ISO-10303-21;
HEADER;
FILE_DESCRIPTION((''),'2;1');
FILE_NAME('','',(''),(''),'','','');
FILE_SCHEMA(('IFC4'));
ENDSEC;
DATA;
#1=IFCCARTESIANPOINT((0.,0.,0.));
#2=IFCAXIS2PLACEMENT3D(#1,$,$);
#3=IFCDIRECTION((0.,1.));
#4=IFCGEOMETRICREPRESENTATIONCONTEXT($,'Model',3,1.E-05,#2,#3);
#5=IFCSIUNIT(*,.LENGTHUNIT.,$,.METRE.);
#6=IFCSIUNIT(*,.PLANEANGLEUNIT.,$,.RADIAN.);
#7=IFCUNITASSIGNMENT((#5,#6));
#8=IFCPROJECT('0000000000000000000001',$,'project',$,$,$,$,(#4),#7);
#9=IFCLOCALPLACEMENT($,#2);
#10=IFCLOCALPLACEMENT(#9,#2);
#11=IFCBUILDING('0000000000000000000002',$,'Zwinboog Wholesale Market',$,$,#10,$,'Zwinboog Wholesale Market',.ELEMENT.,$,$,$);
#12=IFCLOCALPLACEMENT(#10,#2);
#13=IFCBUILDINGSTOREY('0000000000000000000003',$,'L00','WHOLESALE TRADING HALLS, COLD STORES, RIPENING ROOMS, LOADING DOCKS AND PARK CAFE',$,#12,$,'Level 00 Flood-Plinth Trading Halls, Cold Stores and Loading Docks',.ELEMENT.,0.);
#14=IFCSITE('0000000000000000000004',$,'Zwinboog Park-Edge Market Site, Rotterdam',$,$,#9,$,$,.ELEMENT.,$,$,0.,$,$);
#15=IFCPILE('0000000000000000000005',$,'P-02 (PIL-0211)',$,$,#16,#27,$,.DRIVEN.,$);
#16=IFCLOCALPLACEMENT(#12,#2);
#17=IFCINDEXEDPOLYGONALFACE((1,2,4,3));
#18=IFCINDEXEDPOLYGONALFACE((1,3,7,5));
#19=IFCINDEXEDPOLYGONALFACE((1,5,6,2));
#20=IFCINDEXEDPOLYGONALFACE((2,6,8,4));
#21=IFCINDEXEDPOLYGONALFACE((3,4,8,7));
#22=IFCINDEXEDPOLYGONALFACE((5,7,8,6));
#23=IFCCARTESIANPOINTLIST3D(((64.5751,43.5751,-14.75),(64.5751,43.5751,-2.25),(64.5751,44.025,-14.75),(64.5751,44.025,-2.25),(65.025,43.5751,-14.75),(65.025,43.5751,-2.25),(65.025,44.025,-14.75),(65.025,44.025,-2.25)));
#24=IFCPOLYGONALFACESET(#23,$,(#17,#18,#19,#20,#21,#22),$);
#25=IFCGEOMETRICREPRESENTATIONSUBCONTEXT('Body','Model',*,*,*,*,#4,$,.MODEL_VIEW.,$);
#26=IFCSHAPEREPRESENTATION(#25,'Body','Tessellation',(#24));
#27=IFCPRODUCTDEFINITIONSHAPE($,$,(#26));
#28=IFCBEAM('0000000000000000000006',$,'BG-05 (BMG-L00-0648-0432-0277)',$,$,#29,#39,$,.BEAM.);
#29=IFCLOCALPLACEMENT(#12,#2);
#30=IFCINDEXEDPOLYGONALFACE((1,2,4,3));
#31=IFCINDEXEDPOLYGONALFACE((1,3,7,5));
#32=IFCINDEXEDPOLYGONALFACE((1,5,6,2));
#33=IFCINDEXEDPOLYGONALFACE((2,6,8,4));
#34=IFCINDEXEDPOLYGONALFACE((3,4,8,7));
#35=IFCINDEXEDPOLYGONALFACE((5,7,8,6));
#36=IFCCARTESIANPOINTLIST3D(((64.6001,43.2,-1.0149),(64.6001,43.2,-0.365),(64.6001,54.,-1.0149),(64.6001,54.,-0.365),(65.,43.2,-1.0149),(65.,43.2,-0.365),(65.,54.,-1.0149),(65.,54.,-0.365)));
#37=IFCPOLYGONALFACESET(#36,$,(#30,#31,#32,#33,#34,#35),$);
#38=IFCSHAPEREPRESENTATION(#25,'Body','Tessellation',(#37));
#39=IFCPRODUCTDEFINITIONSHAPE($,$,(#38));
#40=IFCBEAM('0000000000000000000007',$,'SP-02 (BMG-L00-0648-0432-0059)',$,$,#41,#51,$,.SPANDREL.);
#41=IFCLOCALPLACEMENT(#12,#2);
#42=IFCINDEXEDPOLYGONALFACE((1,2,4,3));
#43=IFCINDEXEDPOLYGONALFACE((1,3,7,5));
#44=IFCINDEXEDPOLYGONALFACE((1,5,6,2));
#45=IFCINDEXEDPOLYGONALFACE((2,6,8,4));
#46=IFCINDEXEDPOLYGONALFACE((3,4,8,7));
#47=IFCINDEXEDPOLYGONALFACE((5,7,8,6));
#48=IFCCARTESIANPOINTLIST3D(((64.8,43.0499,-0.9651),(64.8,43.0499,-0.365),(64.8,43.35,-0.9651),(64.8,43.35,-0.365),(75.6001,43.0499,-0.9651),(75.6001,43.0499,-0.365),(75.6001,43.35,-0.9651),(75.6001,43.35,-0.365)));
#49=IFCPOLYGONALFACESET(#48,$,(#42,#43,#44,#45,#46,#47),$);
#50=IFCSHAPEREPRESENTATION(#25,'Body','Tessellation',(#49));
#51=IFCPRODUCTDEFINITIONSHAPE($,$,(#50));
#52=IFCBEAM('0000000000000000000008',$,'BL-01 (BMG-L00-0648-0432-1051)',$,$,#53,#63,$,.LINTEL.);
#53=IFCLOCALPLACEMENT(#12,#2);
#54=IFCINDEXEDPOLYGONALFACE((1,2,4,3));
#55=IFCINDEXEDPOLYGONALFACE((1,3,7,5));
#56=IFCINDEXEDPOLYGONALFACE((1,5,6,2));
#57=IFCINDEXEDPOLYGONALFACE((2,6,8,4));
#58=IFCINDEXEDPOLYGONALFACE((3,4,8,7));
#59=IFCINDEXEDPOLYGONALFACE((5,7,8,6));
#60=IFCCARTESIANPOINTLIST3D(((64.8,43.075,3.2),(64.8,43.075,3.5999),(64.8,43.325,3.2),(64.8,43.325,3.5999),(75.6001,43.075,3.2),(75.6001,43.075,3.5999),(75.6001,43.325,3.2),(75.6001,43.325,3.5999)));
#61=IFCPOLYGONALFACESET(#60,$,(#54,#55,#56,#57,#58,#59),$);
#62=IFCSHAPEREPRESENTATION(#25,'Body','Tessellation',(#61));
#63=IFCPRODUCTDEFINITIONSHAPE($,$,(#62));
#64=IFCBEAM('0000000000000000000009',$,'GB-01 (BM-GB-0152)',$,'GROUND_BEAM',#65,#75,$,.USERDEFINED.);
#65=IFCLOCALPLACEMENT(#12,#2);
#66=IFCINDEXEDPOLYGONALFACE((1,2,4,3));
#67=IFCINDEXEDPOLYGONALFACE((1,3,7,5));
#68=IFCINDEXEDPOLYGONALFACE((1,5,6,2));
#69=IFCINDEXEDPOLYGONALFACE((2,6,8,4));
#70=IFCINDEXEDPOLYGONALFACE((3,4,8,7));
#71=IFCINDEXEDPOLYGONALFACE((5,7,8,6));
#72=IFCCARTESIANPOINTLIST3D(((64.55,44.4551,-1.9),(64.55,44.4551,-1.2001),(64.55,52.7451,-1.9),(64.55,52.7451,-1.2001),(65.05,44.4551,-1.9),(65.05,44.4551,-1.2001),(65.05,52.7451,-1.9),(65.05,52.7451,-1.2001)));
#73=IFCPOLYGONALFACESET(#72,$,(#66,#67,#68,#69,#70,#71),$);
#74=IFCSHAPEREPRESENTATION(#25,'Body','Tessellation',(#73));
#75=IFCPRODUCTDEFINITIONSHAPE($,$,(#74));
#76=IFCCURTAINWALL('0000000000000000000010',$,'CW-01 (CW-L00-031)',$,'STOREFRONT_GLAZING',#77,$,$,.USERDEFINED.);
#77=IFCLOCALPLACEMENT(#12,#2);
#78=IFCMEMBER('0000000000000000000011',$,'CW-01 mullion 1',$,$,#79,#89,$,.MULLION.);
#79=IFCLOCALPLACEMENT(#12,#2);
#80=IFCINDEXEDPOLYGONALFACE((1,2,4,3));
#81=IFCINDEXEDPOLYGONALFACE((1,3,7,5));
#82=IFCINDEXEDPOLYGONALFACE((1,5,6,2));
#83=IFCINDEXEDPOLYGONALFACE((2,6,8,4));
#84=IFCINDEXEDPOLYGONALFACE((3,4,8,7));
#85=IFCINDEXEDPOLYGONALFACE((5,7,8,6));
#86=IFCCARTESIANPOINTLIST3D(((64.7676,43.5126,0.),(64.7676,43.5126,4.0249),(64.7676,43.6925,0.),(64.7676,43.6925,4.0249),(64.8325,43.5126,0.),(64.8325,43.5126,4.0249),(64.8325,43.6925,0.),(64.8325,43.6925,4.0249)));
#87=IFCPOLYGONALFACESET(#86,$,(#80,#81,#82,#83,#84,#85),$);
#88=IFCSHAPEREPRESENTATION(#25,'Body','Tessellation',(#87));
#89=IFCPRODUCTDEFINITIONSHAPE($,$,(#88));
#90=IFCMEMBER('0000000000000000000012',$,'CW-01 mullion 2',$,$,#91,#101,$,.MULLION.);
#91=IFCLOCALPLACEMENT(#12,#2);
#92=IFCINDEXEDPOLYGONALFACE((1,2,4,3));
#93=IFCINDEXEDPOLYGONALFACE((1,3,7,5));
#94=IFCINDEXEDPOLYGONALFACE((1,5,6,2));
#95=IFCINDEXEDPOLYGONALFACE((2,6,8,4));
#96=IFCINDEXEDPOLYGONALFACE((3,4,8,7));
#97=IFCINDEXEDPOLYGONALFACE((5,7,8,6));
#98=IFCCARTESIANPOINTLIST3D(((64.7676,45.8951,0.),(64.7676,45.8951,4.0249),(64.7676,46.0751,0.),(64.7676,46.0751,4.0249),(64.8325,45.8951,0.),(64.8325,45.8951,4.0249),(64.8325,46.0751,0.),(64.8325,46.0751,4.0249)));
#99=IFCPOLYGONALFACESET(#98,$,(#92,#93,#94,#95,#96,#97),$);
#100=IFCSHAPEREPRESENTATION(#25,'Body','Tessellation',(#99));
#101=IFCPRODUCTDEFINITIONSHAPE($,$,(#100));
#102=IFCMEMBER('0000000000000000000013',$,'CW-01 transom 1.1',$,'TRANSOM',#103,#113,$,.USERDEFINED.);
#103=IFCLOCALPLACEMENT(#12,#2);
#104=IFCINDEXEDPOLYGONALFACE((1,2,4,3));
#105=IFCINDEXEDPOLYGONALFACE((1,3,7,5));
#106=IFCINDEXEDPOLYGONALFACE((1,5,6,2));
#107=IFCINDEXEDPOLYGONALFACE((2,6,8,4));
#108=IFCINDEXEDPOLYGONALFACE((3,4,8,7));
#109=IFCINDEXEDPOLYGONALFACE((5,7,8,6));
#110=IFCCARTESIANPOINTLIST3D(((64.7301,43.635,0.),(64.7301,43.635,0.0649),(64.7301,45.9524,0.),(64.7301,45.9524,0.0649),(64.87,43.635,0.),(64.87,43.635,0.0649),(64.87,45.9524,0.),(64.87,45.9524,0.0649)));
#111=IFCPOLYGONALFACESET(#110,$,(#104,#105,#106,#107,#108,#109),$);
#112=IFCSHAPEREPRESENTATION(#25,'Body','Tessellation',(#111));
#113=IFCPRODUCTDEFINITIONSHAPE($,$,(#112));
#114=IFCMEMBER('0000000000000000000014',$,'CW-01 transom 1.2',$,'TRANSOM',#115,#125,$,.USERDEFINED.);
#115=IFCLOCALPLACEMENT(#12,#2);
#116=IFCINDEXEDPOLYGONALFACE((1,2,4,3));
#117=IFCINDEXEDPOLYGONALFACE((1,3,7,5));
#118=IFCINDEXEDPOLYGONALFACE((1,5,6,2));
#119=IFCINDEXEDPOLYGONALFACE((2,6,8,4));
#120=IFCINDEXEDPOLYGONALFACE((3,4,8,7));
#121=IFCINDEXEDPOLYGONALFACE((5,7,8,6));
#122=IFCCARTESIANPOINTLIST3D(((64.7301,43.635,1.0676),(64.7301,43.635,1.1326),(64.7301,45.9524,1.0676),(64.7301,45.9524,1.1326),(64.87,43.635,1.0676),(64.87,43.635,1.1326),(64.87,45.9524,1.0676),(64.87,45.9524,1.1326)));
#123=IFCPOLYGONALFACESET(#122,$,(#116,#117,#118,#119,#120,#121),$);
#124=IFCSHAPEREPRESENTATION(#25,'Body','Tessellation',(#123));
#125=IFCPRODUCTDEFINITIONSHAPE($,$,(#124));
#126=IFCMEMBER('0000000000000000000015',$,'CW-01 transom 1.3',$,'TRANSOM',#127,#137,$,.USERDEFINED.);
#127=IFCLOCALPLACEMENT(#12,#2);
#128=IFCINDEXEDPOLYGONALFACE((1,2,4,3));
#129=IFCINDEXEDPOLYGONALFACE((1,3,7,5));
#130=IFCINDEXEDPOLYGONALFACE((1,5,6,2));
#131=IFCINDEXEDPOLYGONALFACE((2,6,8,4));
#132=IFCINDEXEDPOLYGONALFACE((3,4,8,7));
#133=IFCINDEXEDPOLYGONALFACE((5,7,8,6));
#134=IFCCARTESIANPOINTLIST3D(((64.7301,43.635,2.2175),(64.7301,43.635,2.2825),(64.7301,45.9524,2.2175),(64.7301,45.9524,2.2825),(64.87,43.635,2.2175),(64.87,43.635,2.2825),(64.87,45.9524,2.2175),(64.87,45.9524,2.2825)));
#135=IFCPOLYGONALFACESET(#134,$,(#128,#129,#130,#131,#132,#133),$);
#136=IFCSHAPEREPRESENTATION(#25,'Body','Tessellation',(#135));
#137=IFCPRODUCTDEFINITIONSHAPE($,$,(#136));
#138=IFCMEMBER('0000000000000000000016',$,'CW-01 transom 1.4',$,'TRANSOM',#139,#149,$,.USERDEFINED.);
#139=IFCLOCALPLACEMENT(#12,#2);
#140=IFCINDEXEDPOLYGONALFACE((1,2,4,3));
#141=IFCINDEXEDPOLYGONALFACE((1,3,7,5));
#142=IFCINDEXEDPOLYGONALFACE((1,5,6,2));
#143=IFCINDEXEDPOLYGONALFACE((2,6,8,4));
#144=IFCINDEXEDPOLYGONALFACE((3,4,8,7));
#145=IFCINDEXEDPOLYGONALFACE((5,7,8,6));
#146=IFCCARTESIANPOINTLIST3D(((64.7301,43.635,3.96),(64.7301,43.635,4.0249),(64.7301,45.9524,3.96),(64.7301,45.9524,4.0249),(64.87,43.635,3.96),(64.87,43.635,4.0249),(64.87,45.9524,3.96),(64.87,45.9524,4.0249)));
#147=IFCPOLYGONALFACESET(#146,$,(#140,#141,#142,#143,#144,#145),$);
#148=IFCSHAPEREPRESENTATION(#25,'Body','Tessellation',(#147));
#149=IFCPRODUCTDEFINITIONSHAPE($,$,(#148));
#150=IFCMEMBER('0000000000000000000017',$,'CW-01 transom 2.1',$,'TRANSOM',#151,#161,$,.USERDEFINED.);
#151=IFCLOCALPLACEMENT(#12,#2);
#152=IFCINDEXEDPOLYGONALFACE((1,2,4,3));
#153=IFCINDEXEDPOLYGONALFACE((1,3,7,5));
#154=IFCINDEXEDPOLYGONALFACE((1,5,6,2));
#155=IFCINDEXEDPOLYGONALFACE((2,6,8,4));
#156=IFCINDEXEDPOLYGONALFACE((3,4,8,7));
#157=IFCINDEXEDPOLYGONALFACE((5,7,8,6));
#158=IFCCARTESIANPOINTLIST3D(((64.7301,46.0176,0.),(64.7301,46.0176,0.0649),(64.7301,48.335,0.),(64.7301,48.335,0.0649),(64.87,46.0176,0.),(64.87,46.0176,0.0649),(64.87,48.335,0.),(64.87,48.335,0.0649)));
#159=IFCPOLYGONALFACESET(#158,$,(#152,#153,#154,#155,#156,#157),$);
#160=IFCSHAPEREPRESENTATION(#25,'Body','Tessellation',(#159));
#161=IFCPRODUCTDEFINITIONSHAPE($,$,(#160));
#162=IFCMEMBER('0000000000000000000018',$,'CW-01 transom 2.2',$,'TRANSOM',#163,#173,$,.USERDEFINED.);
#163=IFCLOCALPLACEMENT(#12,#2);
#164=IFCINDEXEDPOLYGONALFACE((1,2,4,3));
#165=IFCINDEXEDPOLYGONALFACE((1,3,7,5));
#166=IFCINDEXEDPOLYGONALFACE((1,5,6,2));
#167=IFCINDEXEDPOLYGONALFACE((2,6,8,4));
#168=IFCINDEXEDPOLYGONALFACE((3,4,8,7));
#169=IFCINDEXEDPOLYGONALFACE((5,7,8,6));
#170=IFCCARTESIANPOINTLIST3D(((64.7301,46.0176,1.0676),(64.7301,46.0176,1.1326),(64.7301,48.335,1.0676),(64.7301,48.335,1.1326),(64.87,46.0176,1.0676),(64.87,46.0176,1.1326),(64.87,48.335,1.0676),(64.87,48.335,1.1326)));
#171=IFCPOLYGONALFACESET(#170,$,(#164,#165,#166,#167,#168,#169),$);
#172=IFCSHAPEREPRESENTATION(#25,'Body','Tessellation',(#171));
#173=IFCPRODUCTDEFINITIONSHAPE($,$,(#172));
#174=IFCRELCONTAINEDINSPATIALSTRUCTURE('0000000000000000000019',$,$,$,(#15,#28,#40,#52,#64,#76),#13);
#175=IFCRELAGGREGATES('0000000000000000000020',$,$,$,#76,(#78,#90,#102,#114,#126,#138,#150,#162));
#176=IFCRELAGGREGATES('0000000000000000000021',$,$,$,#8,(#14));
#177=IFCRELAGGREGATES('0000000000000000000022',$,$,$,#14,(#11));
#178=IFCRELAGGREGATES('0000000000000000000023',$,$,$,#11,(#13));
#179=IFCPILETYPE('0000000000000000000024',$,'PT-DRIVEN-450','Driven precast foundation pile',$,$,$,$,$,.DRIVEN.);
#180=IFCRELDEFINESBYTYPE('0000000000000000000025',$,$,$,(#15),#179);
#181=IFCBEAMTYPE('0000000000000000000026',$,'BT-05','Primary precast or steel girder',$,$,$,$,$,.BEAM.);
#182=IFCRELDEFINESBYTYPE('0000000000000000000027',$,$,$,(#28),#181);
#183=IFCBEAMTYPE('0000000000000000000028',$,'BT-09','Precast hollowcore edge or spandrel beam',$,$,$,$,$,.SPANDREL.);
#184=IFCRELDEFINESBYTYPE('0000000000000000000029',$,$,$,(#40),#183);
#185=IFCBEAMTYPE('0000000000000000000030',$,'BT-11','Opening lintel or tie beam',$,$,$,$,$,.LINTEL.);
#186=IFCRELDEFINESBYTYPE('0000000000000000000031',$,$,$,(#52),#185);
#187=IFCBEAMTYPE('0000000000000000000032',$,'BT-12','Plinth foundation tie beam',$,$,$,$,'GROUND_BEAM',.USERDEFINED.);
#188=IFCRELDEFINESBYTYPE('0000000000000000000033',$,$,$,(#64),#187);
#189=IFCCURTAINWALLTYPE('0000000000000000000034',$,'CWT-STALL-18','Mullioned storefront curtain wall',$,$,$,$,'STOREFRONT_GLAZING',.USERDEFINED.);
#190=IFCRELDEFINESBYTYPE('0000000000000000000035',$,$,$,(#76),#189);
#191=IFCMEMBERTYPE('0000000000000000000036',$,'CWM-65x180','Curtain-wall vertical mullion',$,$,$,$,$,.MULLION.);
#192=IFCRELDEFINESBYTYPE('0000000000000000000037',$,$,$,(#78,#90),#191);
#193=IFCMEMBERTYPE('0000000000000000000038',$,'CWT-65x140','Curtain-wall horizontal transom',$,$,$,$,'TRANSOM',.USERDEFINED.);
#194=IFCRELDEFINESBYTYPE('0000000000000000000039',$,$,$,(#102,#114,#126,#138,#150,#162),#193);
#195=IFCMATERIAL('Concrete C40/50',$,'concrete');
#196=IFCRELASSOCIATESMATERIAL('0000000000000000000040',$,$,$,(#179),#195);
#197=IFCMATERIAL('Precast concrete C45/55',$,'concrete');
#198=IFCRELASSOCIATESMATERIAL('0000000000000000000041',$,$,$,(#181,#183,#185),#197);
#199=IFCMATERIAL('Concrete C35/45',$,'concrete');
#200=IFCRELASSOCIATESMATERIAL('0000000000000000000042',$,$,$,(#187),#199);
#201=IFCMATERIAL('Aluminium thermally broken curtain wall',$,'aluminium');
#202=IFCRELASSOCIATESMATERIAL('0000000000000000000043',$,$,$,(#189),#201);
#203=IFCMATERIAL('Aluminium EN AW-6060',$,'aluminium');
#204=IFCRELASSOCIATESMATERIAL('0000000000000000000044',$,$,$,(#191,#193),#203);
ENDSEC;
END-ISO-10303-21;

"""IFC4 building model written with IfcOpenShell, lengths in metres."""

from ifc_helpers import new_model, si_unit, direction, frame, origin, origin_2d, place, context, subcontext, project, spatial, rectangle, extrude, material, material_profile, profile_set, type_object, element, aggregate, save


model = new_model("IFC4")

# Units and contexts
model_context = context("Model", 3, precision=1e-05, world=origin(), true_north=direction((0.0, 1.0)))
body_context = subcontext(model_context, "Body", "Model", "MODEL_VIEW")
ifc_project = project(units=[si_unit("LENGTHUNIT", "METRE"), si_unit("PLANEANGLEUNIT", "RADIAN")], contexts=[model_context])

# Site, building, storey
site_placement = place(None, origin())
site = spatial("IfcSite", under=ifc_project, at=site_placement, Name="Zwinboog Park-Edge Market Site, Rotterdam", CompositionType="ELEMENT", RefElevation=0.0)
building_placement = place(site_placement, origin())
building = spatial("IfcBuilding", under=site, at=building_placement, Name="Zwinboog Wholesale Market", LongName="Zwinboog Wholesale Market", CompositionType="ELEMENT")
storey_placement = place(building_placement, origin())
storey = spatial("IfcBuildingStorey", under=building, at=storey_placement, Name="L00", Description="WHOLESALE TRADING HALLS, COLD STORES, RIPENING ROOMS, LOADING DOCKS AND PARK CAFE", LongName="Level 00 Flood-Plinth Trading Halls, Cold Stores and Loading Docks", CompositionType="ELEMENT", Elevation=0.0)

# Pile
ifc_material_1 = material(Name="Concrete C40/50", Category="concrete")
ifc_material_profile_1 = material_profile(ifc_material_1, rectangle(XDim=0.45, YDim=0.45, at=origin_2d()), Name="PILE SQ450")
ifc_profile_set_1 = profile_set([ifc_material_profile_1], Name="Concrete C40/50")
pile_type = type_object("IfcPileType", Name="PT-DRIVEN-450", Description="Driven precast foundation pile", PredefinedType="DRIVEN", material=ifc_profile_set_1)
pile_placement = place(storey_placement, frame((64.8, 43.8, -2.25), z_axis=(0.0, 0.0, -1.0), x_axis=(1.0, 0.0, 0.0)))
element("IfcPile", 1, at=pile_placement, inside=storey, type_object=pile_type, Name="P-02 (PIL-0211)", PredefinedType="DRIVEN", context=body_context, shape_type="SweptSolid", body=[
    extrude(rectangle(XDim=0.45, YDim=0.45, at=origin_2d()), origin(), (0.0, 0.0, 1.0), 12.5),
])

# Beams
ifc_material_2 = material(Name="Precast concrete C45/55", Category="concrete")
ifc_material_profile_2 = material_profile(ifc_material_2, rectangle(XDim=0.3999, YDim=0.6499, at=origin_2d()), Name="PC 400x650")
ifc_profile_set_2 = profile_set([ifc_material_profile_2], Name="Precast concrete C45/55")
beam_type_1 = type_object("IfcBeamType", Name="BT-05", Description="Primary precast or steel girder", PredefinedType="BEAM", material=ifc_profile_set_2)
beam_1_placement = place(storey_placement, frame((64.8, 43.2, -0.6899), z_axis=(0.0, 1.0, 0.0), x_axis=(-1.0, 0.0, 0.0)))
element("IfcBeam", 2, at=beam_1_placement, inside=storey, type_object=beam_type_1, Name="BG-05 (BMG-L00-0648-0432-0277)", PredefinedType="BEAM", context=body_context, shape_type="SweptSolid", body=[
    extrude(rectangle(XDim=0.3999, YDim=0.6499, at=origin_2d()), origin(), (0.0, 0.0, 1.0), 10.8),
])
ifc_material_profile_3 = material_profile(ifc_material_2, rectangle(XDim=0.3, YDim=0.6001, at=origin_2d()), Name="PC 300x600")
ifc_profile_set_3 = profile_set([ifc_material_profile_3], Name="Precast concrete C45/55")
beam_type_2 = type_object("IfcBeamType", Name="BT-09", Description="Precast hollowcore edge or spandrel beam", PredefinedType="SPANDREL", material=ifc_profile_set_3)
beam_2_placement = place(storey_placement, frame((64.8, 43.2, -0.665), z_axis=(1.0, 0.0, 0.0), x_axis=(0.0, 1.0, 0.0)))
element("IfcBeam", 3, at=beam_2_placement, inside=storey, type_object=beam_type_2, Name="SP-02 (BMG-L00-0648-0432-0059)", PredefinedType="SPANDREL", context=body_context, shape_type="SweptSolid", body=[
    extrude(rectangle(XDim=0.3, YDim=0.6001, at=origin_2d()), origin(), (0.0, 0.0, 1.0), 10.8),
])
ifc_material_profile_4 = material_profile(ifc_material_2, rectangle(XDim=0.25, YDim=0.3999, at=origin_2d()), Name="PC 250x400")
ifc_profile_set_4 = profile_set([ifc_material_profile_4], Name="Precast concrete C45/55")
beam_type_3 = type_object("IfcBeamType", Name="BT-11", Description="Opening lintel or tie beam", PredefinedType="LINTEL", material=ifc_profile_set_4)
beam_3_placement = place(storey_placement, frame((64.8, 43.2, 3.3999), z_axis=(1.0, 0.0, 0.0), x_axis=(0.0, 1.0, 0.0)))
element("IfcBeam", 4, at=beam_3_placement, inside=storey, type_object=beam_type_3, Name="BL-01 (BMG-L00-0648-0432-1051)", PredefinedType="LINTEL", context=body_context, shape_type="SweptSolid", body=[
    extrude(rectangle(XDim=0.25, YDim=0.3999, at=origin_2d()), origin(), (0.0, 0.0, 1.0), 10.8),
])
ifc_material_3 = material(Name="Concrete C35/45", Category="concrete")
ifc_material_profile_5 = material_profile(ifc_material_3, rectangle(XDim=0.5, YDim=0.7, at=origin_2d()), Name="RC 500x700")
ifc_profile_set_5 = profile_set([ifc_material_profile_5], Name="Concrete C35/45")
beam_type_4 = type_object("IfcBeamType", Name="BT-12", Description="Plinth foundation tie beam", ElementType="GROUND_BEAM", PredefinedType="USERDEFINED", material=ifc_profile_set_5)
beam_4_placement = place(storey_placement, frame((64.8, 44.4551, -1.55), z_axis=(0.0, 1.0, 0.0), x_axis=(-1.0, 0.0, 0.0)))
element("IfcBeam", 5, at=beam_4_placement, inside=storey, type_object=beam_type_4, Name="GB-01 (BM-GB-0152)", ObjectType="GROUND_BEAM", PredefinedType="USERDEFINED", context=body_context, shape_type="SweptSolid", body=[
    extrude(rectangle(XDim=0.5, YDim=0.7, at=origin_2d()), origin(), (0.0, 0.0, 1.0), 8.29),
])

# Curtain wall, members
ifc_material_4 = material(Name="Aluminium thermally broken curtain wall", Category="aluminium")
curtain_wall_type = type_object("IfcCurtainWallType", Name="CWT-STALL-18", Description="Mullioned storefront curtain wall", ElementType="STOREFRONT_GLAZING", PredefinedType="USERDEFINED", material=ifc_material_4)
curtain_wall_placement = place(storey_placement, origin())
curtain_wall = element("IfcCurtainWall", 6, at=curtain_wall_placement, inside=storey, type_object=curtain_wall_type, Name="CW-01 (CW-L00-031)", ObjectType="STOREFRONT_GLAZING", PredefinedType="USERDEFINED")
ifc_material_5 = material(Name="Aluminium EN AW-6060", Category="aluminium")
ifc_material_profile_6 = material_profile(ifc_material_5, rectangle(XDim=0.0649, YDim=0.1799, at=origin_2d()), Name="AL 65x180")
ifc_profile_set_6 = profile_set([ifc_material_profile_6], Name="Aluminium EN AW-6060")
member_type_1 = type_object("IfcMemberType", Name="CWM-65x180", Description="Curtain-wall vertical mullion", PredefinedType="MULLION", material=ifc_profile_set_6)
member_1_placement = place(storey_placement, frame((64.8, 43.6025, 0.0), z_axis=(0.0, 0.0, 1.0), x_axis=(-1.0, 0.0, 0.0)))
member_1 = element("IfcMember", 7, at=member_1_placement, type_object=member_type_1, Name="CW-01 mullion 1", PredefinedType="MULLION", context=body_context, shape_type="SweptSolid", body=[
    extrude(rectangle(XDim=0.0649, YDim=0.1799, at=origin_2d()), origin(), (0.0, 0.0, 1.0), 4.0249),
])
member_2_placement = place(storey_placement, frame((64.8, 45.9851, 0.0), z_axis=(0.0, 0.0, 1.0), x_axis=(-1.0, 0.0, 0.0)))
member_2 = element("IfcMember", 8, at=member_2_placement, type_object=member_type_1, Name="CW-01 mullion 2", PredefinedType="MULLION", context=body_context, shape_type="SweptSolid", body=[
    extrude(rectangle(XDim=0.0649, YDim=0.1799, at=origin_2d()), origin(), (0.0, 0.0, 1.0), 4.0249),
])
ifc_material_profile_7 = material_profile(ifc_material_5, rectangle(XDim=0.1399, YDim=0.0649, at=origin_2d()), Name="AL 65x140")
ifc_profile_set_7 = profile_set([ifc_material_profile_7], Name="Aluminium EN AW-6060")
member_type_2 = type_object("IfcMemberType", Name="CWT-65x140", Description="Curtain-wall horizontal transom", ElementType="TRANSOM", PredefinedType="USERDEFINED", material=ifc_profile_set_7)
member_3_placement = place(storey_placement, frame((64.8, 43.635, 0.0325), z_axis=(0.0, 1.0, 0.0), x_axis=(-1.0, 0.0, 0.0)))
member_3 = element("IfcMember", 9, at=member_3_placement, type_object=member_type_2, Name="CW-01 transom 1.1", ObjectType="TRANSOM", PredefinedType="USERDEFINED", context=body_context, shape_type="SweptSolid", body=[
    extrude(rectangle(XDim=0.1399, YDim=0.0649, at=origin_2d()), origin(), (0.0, 0.0, 1.0), 2.3174),
])
member_4_placement = place(storey_placement, frame((64.8, 43.635, 1.1001), z_axis=(0.0, 1.0, 0.0), x_axis=(-1.0, 0.0, 0.0)))
member_4 = element("IfcMember", 10, at=member_4_placement, type_object=member_type_2, Name="CW-01 transom 1.2", ObjectType="TRANSOM", PredefinedType="USERDEFINED", context=body_context, shape_type="SweptSolid", body=[
    extrude(rectangle(XDim=0.1399, YDim=0.0649, at=origin_2d()), origin(), (0.0, 0.0, 1.0), 2.3174),
])
member_5_placement = place(storey_placement, frame((64.8, 43.635, 2.25), z_axis=(0.0, 1.0, 0.0), x_axis=(-1.0, 0.0, 0.0)))
member_5 = element("IfcMember", 11, at=member_5_placement, type_object=member_type_2, Name="CW-01 transom 1.3", ObjectType="TRANSOM", PredefinedType="USERDEFINED", context=body_context, shape_type="SweptSolid", body=[
    extrude(rectangle(XDim=0.1399, YDim=0.0649, at=origin_2d()), origin(), (0.0, 0.0, 1.0), 2.3174),
])
member_6_placement = place(storey_placement, frame((64.8, 43.635, 3.9924), z_axis=(0.0, 1.0, 0.0), x_axis=(-1.0, 0.0, 0.0)))
member_6 = element("IfcMember", 12, at=member_6_placement, type_object=member_type_2, Name="CW-01 transom 1.4", ObjectType="TRANSOM", PredefinedType="USERDEFINED", context=body_context, shape_type="SweptSolid", body=[
    extrude(rectangle(XDim=0.1399, YDim=0.0649, at=origin_2d()), origin(), (0.0, 0.0, 1.0), 2.3174),
])
member_7_placement = place(storey_placement, frame((64.8, 46.0176, 0.0325), z_axis=(0.0, 1.0, 0.0), x_axis=(-1.0, 0.0, 0.0)))
member_7 = element("IfcMember", 13, at=member_7_placement, type_object=member_type_2, Name="CW-01 transom 2.1", ObjectType="TRANSOM", PredefinedType="USERDEFINED", context=body_context, shape_type="SweptSolid", body=[
    extrude(rectangle(XDim=0.1399, YDim=0.0649, at=origin_2d()), origin(), (0.0, 0.0, 1.0), 2.3174),
])
member_8_placement = place(storey_placement, frame((64.8, 46.0176, 1.1001), z_axis=(0.0, 1.0, 0.0), x_axis=(-1.0, 0.0, 0.0)))
member_8 = element("IfcMember", 14, at=member_8_placement, type_object=member_type_2, Name="CW-01 transom 2.2", ObjectType="TRANSOM", PredefinedType="USERDEFINED", context=body_context, shape_type="SweptSolid", body=[
    extrude(rectangle(XDim=0.1399, YDim=0.0649, at=origin_2d()), origin(), (0.0, 0.0, 1.0), 2.3174),
])
aggregate(curtain_wall, [member_1, member_2, member_3, member_4, member_5, member_6, member_7, member_8])

save(model, "model.ifc")
